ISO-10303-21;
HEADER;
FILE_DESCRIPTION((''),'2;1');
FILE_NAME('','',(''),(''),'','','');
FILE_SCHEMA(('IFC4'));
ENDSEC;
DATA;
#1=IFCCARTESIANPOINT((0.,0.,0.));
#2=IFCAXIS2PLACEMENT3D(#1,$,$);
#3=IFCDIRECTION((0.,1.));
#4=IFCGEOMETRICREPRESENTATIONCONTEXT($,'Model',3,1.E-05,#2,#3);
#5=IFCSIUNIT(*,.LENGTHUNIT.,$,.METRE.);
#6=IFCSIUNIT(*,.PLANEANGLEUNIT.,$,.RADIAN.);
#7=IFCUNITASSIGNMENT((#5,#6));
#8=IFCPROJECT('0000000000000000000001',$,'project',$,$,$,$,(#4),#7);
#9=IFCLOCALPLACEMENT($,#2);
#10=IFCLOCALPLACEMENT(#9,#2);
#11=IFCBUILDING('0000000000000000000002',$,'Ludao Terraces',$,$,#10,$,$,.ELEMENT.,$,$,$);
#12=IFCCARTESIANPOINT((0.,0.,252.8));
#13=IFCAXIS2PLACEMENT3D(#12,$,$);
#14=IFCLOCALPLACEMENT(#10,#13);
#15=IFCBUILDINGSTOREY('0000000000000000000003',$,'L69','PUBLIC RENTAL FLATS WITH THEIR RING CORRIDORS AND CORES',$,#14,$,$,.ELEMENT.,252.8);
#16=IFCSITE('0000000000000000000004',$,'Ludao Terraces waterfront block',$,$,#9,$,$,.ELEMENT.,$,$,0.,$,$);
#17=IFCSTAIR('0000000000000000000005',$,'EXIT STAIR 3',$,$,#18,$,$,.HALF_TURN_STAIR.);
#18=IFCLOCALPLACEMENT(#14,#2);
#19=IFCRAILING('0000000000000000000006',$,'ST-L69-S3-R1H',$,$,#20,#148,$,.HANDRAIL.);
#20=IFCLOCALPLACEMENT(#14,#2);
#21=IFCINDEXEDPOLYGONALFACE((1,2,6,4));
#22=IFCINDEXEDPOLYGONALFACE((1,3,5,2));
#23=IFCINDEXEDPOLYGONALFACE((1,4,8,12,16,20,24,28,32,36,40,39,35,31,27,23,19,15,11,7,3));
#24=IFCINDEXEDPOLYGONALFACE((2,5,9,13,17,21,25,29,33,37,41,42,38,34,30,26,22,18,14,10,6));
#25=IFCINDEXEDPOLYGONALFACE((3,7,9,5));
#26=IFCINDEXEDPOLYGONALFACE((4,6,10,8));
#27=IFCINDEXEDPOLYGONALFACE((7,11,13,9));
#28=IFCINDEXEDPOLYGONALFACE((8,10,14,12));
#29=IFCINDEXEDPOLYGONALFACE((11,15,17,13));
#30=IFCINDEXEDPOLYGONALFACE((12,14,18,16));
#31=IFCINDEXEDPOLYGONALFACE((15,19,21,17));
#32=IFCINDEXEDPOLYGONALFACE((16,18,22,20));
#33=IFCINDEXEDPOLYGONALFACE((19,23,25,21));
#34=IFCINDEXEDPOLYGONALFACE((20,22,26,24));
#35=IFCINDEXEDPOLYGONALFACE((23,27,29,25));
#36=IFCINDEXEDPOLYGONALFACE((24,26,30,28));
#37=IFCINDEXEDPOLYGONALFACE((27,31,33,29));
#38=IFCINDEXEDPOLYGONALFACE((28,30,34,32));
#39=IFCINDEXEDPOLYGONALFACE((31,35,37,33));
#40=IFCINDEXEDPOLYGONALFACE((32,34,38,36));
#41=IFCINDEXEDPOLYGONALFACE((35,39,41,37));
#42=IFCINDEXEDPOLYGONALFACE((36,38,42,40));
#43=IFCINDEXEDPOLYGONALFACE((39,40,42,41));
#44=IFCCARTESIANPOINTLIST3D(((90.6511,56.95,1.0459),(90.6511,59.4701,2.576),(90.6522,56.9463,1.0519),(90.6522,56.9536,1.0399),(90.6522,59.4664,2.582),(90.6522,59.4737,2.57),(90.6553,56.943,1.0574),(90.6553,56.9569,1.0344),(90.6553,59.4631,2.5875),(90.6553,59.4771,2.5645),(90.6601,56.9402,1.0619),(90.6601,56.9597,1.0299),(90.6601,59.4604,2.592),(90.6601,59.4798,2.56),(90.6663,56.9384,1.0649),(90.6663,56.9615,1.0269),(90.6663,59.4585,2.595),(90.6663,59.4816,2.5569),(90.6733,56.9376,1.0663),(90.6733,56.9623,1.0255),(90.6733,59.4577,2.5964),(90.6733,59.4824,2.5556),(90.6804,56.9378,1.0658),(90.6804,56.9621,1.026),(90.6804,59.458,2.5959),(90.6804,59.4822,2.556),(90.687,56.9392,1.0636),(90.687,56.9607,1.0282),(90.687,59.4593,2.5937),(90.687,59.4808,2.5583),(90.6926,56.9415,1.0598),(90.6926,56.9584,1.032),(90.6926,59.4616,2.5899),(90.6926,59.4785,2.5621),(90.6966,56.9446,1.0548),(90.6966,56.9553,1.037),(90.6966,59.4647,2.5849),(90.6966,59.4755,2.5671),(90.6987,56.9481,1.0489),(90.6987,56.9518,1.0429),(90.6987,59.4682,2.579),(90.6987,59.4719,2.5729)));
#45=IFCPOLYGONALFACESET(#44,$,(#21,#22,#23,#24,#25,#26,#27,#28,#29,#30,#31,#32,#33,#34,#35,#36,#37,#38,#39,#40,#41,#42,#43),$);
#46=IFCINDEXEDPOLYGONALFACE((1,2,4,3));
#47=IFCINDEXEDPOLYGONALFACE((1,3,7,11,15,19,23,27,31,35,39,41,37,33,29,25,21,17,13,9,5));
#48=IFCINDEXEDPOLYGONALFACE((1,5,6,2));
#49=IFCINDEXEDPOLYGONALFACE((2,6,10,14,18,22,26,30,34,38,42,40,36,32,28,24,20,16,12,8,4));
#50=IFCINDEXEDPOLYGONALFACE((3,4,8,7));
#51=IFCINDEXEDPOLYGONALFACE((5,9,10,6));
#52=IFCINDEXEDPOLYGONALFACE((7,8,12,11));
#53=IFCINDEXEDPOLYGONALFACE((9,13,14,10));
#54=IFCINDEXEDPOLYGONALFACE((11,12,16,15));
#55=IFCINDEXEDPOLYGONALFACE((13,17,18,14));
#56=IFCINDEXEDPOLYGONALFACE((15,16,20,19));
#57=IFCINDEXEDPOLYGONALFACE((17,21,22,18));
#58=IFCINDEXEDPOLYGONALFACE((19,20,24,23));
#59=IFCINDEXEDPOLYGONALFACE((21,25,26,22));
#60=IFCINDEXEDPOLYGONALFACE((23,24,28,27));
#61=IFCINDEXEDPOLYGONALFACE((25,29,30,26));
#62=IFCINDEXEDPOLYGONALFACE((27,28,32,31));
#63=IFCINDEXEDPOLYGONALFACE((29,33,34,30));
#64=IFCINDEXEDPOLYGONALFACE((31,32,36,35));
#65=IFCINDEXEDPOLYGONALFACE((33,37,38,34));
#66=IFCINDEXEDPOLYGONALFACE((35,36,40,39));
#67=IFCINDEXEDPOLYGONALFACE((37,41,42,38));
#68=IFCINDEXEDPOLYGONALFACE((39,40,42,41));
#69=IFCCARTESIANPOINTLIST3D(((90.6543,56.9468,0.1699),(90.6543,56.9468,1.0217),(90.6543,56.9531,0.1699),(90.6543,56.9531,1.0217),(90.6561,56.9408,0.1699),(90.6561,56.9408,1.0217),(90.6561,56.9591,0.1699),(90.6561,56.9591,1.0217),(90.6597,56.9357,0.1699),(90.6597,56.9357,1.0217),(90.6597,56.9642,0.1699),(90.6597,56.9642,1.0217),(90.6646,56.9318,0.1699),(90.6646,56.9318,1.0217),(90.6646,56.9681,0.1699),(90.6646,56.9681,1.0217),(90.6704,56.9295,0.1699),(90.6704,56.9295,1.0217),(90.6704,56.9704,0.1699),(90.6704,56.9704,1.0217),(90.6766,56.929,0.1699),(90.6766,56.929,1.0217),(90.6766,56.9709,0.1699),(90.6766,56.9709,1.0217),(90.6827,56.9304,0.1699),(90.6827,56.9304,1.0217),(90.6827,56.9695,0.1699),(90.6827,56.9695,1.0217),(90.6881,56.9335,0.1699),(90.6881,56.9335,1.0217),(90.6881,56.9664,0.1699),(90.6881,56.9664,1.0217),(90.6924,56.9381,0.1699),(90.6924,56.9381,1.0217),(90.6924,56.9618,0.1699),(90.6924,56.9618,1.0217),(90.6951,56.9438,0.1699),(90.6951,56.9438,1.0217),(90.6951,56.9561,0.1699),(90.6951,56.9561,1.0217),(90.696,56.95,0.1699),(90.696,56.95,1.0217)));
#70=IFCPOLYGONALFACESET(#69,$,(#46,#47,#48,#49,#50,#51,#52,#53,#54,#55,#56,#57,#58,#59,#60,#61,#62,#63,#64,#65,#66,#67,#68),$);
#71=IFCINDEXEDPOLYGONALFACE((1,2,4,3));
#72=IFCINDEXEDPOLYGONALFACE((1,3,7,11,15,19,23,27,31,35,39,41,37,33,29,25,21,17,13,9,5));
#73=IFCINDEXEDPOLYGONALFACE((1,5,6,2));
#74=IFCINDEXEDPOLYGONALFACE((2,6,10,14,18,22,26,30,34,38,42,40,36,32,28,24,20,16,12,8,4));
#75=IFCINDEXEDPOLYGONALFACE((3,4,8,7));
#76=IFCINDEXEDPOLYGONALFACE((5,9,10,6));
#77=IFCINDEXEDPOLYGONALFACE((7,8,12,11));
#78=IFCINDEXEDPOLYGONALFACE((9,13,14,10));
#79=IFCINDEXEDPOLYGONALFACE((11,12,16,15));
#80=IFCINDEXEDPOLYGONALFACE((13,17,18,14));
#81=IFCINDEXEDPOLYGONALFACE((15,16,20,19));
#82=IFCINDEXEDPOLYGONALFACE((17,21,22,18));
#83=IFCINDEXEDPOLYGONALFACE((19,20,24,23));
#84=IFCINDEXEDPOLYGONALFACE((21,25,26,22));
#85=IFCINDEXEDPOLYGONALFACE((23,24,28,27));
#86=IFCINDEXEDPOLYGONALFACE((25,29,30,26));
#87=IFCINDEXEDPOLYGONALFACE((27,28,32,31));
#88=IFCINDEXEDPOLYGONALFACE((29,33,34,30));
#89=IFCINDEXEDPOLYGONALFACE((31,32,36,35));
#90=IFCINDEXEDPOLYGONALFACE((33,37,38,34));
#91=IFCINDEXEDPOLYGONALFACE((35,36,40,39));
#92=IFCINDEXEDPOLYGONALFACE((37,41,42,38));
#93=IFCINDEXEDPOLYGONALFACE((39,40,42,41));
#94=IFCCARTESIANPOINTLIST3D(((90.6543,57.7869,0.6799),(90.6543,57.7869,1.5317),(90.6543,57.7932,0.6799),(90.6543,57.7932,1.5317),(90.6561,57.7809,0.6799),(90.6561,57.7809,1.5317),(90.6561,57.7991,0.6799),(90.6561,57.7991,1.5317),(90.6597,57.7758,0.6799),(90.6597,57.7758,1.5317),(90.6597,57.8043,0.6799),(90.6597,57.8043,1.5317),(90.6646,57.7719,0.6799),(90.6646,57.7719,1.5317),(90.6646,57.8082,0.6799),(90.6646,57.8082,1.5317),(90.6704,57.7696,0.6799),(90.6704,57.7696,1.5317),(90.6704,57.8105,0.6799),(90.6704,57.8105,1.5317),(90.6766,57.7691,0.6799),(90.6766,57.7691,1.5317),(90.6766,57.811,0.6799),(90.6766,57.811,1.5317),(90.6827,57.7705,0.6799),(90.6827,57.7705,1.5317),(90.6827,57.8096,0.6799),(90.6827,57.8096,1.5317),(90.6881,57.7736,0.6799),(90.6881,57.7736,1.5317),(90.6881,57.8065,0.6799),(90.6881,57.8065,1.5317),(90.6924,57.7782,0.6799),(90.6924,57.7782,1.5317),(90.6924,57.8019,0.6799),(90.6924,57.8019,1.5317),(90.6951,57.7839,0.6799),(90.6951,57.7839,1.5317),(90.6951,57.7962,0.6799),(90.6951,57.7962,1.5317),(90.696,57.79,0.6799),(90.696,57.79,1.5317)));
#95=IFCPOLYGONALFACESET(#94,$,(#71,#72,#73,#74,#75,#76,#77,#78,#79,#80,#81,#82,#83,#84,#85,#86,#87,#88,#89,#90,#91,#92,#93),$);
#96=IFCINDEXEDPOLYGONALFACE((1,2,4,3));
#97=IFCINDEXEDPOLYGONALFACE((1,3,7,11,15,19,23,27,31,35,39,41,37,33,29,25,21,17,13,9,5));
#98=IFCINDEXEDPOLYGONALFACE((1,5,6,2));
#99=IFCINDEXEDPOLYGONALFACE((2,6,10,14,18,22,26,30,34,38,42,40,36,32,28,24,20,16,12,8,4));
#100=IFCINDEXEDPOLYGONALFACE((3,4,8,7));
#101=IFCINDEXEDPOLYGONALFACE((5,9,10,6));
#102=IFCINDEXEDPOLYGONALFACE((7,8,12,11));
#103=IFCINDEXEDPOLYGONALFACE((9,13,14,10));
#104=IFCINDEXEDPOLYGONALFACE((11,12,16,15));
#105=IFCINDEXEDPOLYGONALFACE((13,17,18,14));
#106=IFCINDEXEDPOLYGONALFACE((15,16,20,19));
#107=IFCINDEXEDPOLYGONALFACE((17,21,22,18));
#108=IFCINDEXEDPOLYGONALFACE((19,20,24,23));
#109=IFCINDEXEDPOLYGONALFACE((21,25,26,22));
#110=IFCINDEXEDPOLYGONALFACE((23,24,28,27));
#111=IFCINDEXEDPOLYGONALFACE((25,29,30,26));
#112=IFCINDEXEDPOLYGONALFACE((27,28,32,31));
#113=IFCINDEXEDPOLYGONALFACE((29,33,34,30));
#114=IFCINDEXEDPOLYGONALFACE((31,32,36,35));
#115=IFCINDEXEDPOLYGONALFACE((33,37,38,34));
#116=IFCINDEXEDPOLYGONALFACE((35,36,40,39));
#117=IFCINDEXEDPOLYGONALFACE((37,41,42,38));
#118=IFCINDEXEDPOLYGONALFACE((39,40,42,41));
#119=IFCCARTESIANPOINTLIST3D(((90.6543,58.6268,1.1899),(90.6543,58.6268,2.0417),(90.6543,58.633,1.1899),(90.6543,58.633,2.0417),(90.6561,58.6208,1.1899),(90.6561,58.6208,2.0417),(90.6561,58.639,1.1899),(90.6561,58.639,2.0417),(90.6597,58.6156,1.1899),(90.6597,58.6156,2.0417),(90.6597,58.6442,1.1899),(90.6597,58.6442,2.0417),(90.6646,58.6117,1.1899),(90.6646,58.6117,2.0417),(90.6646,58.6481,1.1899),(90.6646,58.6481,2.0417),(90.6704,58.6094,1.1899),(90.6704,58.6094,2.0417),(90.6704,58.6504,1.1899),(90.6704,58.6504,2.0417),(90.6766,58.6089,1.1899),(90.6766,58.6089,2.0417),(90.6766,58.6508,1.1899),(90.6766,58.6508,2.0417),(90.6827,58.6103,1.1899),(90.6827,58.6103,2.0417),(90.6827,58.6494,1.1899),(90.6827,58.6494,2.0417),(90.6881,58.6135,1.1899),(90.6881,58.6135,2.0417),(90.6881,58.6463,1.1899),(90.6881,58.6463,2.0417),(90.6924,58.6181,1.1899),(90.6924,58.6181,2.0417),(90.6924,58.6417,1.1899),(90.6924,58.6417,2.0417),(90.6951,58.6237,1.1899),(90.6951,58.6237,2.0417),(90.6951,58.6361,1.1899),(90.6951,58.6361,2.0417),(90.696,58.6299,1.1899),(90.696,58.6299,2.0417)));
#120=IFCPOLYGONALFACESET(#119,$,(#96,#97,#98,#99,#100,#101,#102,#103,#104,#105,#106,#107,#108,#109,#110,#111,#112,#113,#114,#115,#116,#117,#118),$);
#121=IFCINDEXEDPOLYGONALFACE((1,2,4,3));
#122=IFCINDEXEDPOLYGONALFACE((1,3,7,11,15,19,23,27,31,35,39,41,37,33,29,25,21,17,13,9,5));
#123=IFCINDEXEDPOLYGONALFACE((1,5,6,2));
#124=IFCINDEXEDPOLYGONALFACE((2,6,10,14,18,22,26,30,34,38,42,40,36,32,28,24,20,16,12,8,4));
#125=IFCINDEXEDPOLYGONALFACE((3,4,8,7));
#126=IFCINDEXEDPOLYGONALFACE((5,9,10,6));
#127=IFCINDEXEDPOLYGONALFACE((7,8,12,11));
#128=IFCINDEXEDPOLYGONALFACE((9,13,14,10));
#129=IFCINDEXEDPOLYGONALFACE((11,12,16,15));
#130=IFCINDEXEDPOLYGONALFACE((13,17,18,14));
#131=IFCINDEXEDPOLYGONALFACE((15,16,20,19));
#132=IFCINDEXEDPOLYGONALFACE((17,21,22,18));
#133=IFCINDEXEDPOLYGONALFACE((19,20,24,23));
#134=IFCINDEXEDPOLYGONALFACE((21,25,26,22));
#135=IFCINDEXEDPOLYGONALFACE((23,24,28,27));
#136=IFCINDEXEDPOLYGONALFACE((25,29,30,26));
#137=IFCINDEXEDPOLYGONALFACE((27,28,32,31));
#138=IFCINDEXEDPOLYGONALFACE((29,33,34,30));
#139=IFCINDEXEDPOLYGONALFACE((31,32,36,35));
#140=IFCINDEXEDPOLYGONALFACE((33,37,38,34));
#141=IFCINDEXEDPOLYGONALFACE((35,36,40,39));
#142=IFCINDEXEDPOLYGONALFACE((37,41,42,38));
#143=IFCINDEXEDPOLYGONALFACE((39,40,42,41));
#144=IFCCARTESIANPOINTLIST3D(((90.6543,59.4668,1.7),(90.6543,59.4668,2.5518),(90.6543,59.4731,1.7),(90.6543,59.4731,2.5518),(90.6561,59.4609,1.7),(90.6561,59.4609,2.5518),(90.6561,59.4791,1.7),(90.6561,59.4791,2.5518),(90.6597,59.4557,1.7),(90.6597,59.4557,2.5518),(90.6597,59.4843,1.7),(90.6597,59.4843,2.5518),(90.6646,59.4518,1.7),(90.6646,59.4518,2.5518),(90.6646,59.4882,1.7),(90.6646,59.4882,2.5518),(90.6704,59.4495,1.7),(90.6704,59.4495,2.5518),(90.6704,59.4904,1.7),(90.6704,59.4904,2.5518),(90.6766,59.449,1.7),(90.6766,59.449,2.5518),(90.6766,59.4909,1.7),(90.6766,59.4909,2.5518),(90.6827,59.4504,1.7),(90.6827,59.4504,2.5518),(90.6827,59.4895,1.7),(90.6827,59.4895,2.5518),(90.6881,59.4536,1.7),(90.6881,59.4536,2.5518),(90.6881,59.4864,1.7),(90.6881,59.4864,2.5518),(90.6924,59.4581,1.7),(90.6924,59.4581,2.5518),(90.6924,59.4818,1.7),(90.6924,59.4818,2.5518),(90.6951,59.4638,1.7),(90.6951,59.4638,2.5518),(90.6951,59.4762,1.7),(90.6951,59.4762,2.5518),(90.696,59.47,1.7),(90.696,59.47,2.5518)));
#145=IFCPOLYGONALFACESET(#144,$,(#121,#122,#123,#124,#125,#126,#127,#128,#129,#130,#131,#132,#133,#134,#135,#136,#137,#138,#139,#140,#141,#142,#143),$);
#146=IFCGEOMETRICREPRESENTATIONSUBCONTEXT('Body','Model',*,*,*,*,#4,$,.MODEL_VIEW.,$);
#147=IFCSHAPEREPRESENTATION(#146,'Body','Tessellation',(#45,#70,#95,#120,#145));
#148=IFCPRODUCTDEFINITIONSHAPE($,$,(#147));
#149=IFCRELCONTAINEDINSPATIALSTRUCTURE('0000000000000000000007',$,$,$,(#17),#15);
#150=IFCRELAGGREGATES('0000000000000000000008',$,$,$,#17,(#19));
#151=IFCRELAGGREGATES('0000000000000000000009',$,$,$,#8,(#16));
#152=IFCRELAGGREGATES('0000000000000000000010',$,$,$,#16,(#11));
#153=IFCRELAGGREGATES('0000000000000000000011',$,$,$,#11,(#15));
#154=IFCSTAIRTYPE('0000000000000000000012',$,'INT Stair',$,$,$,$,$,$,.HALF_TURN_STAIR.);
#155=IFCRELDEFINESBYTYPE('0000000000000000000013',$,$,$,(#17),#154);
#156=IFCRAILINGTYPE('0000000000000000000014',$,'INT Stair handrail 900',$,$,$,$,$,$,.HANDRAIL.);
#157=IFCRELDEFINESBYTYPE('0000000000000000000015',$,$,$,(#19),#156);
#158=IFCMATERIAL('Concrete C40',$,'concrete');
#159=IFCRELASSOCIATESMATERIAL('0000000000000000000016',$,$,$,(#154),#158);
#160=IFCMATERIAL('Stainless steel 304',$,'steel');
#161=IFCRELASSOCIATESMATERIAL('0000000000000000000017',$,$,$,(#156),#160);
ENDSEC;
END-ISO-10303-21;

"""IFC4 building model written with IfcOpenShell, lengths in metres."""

from ifc_helpers import new_model, si_unit, direction, frame, origin, origin_2d, place, context, subcontext, project, spatial, circle, extrude, material, type_object, element, aggregate, save


model = new_model("IFC4")

# Units and contexts
model_context = context("Model", 3, precision=1e-05, world=origin(), true_north=direction((0.0, 1.0)))
body_context = subcontext(model_context, "Body", "Model", "MODEL_VIEW")
ifc_project = project(units=[si_unit("LENGTHUNIT", "METRE"), si_unit("PLANEANGLEUNIT", "RADIAN")], contexts=[model_context])

# Site, building, storey
site_placement = place(None, origin())
site = spatial("IfcSite", under=ifc_project, at=site_placement, Name="Ludao Terraces waterfront block", CompositionType="ELEMENT", RefElevation=0.0)
building_placement = place(site_placement, origin())
building = spatial("IfcBuilding", under=site, at=building_placement, Name="Ludao Terraces", CompositionType="ELEMENT")
storey_placement = place(building_placement, frame((0.0, 0.0, 252.8)))
storey = spatial("IfcBuildingStorey", under=building, at=storey_placement, Name="L69", Description="PUBLIC RENTAL FLATS WITH THEIR RING CORRIDORS AND CORES", CompositionType="ELEMENT", Elevation=252.8)

# Shared definitions
ifc_material_1 = material(Name="Concrete C40", Category="concrete")

# Stair, railing
stair_type = type_object("IfcStairType", Name="INT Stair", PredefinedType="HALF_TURN_STAIR", material=ifc_material_1)
stair_placement = place(storey_placement, origin())
stair = element("IfcStair", 1, at=stair_placement, inside=storey, type_object=stair_type, Name="EXIT STAIR 3", PredefinedType="HALF_TURN_STAIR")
ifc_material_2 = material(Name="Stainless steel 304", Category="steel")
railing_type_1 = type_object("IfcRailingType", Name="INT Stair handrail 900", PredefinedType="HANDRAIL", material=ifc_material_2)
railing_1_placement = place(storey_placement, frame((90.675, 56.95, 0.1699)))
railing_1 = element("IfcRailing", 2, at=railing_1_placement, type_object=railing_type_1, Name="ST-L69-S3-R1H", PredefinedType="HANDRAIL", context=body_context, shape_type="SweptSolid", body=[
    extrude(circle(Radius=0.0239, at=origin_2d()), frame((0.0, 0.0, 0.876), z_axis=(0.0, 0.854785, 0.518982), x_axis=(-1.0, 0.0, 0.0)), (0.0, 0.0, 1.0), 2.9482),
    extrude(circle(Radius=0.021, at=origin_2d()), origin(), (0.0, 0.0, 1.0), 0.8518),
    extrude(circle(Radius=0.021, at=origin_2d()), frame((0.0, 0.8401, 0.51)), (0.0, 0.0, 1.0), 0.8518),
    extrude(circle(Radius=0.021, at=origin_2d()), frame((0.0, 1.6799, 1.02)), (0.0, 0.0, 1.0), 0.8518),
    extrude(circle(Radius=0.021, at=origin_2d()), frame((0.0, 2.52, 1.53)), (0.0, 0.0, 1.0), 0.8518),
])
aggregate(stair, [railing_1])

save(model, "model.ifc")
